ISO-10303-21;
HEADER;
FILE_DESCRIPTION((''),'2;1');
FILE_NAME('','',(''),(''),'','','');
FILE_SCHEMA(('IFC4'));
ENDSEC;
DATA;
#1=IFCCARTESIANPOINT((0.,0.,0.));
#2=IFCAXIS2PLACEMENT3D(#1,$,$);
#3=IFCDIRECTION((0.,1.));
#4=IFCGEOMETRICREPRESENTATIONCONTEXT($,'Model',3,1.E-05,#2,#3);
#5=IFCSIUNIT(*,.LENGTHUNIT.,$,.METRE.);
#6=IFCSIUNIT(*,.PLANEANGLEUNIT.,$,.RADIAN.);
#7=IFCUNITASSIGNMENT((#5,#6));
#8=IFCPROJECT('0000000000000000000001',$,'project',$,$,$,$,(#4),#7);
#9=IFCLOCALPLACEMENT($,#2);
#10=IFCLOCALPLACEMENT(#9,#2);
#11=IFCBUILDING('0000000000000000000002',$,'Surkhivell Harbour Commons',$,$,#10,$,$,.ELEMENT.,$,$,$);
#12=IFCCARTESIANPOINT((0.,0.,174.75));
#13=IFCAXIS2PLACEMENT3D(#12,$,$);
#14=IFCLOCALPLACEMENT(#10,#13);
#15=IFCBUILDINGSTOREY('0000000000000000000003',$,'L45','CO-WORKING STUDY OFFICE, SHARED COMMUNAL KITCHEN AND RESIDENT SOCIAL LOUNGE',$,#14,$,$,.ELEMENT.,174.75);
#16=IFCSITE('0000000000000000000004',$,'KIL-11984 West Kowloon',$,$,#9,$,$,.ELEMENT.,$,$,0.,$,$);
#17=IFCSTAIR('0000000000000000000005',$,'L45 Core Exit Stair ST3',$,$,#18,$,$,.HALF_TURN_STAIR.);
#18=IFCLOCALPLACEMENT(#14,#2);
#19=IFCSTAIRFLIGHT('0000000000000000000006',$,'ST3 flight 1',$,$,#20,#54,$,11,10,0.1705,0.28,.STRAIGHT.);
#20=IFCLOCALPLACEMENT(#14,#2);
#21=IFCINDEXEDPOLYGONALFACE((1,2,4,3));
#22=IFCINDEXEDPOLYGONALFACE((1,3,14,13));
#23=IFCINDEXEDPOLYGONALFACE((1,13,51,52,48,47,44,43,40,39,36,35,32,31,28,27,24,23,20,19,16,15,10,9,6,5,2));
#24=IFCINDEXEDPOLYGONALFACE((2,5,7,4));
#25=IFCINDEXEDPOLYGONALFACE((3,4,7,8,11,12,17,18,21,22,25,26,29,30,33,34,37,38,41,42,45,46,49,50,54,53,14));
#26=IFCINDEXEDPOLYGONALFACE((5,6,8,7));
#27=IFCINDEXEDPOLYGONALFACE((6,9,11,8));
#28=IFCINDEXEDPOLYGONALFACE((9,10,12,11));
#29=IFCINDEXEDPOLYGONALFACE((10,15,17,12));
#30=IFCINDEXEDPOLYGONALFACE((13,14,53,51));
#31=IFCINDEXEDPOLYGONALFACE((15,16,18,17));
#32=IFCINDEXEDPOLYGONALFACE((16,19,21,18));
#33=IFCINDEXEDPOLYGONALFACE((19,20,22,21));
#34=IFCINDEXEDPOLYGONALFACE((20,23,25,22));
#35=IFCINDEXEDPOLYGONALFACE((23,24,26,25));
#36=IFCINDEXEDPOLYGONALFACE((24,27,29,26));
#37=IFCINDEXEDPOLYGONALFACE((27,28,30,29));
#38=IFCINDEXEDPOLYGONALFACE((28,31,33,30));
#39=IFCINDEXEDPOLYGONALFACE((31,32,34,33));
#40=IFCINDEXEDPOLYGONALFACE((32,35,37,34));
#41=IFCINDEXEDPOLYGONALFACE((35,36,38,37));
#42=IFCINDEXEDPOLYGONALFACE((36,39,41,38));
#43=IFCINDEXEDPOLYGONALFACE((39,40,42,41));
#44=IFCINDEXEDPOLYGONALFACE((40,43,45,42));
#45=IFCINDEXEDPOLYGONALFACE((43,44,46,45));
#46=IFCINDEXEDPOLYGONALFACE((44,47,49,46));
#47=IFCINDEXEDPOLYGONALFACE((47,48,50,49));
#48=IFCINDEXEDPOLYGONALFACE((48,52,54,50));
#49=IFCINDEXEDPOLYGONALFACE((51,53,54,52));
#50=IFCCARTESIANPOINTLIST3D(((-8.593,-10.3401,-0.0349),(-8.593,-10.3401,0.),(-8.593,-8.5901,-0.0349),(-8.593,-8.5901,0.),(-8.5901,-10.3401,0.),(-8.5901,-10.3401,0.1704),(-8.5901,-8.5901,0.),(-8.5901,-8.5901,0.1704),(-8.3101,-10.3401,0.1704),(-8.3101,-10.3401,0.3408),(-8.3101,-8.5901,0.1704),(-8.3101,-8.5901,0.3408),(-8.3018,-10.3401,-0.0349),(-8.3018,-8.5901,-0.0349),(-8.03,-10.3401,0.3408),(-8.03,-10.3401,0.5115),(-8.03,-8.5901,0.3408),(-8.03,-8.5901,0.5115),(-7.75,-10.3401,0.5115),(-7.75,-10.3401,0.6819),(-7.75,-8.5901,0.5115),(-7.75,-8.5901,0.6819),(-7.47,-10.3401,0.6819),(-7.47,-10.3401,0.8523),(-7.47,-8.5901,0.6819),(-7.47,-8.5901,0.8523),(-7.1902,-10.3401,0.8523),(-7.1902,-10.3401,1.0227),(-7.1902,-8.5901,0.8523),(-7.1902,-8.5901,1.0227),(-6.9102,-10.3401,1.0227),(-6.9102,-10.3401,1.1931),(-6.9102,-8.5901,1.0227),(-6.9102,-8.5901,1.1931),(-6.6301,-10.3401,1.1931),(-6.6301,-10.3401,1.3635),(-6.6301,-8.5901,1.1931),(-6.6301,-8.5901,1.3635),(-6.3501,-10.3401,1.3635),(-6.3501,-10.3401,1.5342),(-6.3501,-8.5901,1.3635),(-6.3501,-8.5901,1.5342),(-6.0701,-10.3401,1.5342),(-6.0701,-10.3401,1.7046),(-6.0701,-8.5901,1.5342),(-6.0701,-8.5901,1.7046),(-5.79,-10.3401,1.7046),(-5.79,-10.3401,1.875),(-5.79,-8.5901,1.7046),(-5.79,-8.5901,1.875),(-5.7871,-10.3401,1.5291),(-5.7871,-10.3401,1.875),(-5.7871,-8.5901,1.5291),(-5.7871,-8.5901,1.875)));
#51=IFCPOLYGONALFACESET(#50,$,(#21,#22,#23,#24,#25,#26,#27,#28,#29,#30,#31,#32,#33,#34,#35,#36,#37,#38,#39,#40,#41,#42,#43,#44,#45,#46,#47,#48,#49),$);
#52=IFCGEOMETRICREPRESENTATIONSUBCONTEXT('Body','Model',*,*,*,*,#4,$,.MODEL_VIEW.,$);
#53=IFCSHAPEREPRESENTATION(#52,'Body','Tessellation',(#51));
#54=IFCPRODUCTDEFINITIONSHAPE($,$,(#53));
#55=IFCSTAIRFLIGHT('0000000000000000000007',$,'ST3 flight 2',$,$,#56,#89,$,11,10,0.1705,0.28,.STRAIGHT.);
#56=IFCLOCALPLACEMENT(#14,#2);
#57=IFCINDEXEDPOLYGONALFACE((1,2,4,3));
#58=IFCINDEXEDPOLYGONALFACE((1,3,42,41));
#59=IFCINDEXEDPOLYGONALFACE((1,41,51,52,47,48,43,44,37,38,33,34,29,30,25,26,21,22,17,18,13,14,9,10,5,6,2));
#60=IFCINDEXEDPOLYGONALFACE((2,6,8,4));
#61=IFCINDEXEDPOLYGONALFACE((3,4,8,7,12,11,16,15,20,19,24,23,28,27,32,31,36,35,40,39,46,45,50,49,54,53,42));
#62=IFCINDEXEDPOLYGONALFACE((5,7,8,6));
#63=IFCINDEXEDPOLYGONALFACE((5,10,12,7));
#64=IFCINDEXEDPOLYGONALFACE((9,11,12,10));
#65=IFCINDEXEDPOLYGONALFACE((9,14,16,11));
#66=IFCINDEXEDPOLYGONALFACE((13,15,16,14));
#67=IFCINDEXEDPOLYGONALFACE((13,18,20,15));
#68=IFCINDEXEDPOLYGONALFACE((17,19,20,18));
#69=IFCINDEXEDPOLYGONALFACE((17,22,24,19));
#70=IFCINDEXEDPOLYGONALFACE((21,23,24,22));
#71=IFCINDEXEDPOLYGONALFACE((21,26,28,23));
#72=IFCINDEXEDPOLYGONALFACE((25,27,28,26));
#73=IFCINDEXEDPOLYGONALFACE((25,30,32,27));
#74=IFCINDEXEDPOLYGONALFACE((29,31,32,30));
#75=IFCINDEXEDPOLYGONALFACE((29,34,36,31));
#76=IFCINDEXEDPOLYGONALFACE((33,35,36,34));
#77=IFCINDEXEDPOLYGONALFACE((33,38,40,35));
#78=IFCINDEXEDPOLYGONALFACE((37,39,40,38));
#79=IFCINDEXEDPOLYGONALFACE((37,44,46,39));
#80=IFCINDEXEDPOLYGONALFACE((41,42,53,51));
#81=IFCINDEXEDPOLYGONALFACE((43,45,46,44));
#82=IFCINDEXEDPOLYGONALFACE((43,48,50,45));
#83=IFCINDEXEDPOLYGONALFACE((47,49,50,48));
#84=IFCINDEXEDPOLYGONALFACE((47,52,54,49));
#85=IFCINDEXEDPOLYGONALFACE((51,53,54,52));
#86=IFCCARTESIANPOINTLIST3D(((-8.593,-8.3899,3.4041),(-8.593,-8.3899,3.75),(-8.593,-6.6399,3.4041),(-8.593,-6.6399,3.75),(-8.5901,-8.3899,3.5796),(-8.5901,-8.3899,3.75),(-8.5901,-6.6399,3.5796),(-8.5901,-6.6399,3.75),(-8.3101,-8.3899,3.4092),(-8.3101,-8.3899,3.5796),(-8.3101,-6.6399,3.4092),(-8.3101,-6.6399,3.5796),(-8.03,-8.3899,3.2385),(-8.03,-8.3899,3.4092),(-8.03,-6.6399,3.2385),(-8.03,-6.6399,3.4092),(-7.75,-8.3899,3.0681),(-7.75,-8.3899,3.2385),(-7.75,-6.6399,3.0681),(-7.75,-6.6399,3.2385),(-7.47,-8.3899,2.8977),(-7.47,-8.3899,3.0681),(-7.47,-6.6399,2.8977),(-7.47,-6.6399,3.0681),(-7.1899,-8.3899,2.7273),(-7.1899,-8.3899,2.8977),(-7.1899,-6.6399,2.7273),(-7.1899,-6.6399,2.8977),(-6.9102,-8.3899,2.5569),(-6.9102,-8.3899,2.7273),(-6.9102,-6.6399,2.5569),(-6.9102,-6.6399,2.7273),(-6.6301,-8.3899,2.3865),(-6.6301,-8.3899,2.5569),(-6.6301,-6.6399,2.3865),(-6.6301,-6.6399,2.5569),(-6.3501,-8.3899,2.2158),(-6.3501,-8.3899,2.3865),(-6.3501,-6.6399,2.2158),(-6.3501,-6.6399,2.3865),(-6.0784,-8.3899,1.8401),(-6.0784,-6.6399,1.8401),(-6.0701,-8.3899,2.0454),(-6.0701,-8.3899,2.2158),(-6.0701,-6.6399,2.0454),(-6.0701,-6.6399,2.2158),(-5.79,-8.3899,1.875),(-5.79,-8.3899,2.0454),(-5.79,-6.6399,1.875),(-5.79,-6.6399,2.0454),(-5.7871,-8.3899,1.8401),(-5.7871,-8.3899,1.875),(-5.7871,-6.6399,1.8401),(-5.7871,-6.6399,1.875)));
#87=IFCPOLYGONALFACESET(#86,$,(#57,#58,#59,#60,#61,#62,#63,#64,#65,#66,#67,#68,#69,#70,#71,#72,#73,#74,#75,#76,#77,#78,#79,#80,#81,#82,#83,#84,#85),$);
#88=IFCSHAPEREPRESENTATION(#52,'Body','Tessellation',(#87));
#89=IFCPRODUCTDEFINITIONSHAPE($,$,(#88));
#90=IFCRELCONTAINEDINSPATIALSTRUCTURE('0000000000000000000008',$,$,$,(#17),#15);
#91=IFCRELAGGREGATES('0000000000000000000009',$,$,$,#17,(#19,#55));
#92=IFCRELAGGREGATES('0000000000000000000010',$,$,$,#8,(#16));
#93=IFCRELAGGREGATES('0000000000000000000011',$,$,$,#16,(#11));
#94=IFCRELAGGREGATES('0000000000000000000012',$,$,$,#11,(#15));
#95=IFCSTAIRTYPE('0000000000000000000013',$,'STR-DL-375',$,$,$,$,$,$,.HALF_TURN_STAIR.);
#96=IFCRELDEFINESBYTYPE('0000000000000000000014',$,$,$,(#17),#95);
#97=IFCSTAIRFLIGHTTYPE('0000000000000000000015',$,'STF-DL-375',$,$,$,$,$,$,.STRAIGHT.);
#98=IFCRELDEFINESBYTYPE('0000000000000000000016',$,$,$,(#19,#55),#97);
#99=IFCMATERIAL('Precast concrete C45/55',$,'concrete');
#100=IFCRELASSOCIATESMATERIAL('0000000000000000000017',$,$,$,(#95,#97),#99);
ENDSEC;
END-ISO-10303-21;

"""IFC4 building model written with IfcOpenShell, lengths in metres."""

from ifc_helpers import new_model, si_unit, direction, frame, origin, place, context, subcontext, project, spatial, polyline, outline, extrude, material, type_object, element, aggregate, save


model = new_model("IFC4")

# Units and contexts
model_context = context("Model", 3, precision=1e-05, world=origin(), true_north=direction((0.0, 1.0)))
body_context = subcontext(model_context, "Body", "Model", "MODEL_VIEW")
ifc_project = project(units=[si_unit("LENGTHUNIT", "METRE"), si_unit("PLANEANGLEUNIT", "RADIAN")], contexts=[model_context])

# Site, building, storey
site_placement = place(None, origin())
site = spatial("IfcSite", under=ifc_project, at=site_placement, Name="KIL-11984 West Kowloon", CompositionType="ELEMENT", RefElevation=0.0)
building_placement = place(site_placement, origin())
building = spatial("IfcBuilding", under=site, at=building_placement, Name="Surkhivell Harbour Commons", CompositionType="ELEMENT")
storey_placement = place(building_placement, frame((0.0, 0.0, 174.75)))
storey = spatial("IfcBuildingStorey", under=building, at=storey_placement, Name="L45", Description="CO-WORKING STUDY OFFICE, SHARED COMMUNAL KITCHEN AND RESIDENT SOCIAL LOUNGE", CompositionType="ELEMENT", Elevation=174.75)

# Stair, stair flights
ifc_material_1 = material(Name="Precast concrete C45/55", Category="concrete")
stair_type = type_object("IfcStairType", Name="STR-DL-375", PredefinedType="HALF_TURN_STAIR", material=ifc_material_1)
stair_placement = place(storey_placement, origin())
stair = element("IfcStair", 1, at=stair_placement, inside=storey, type_object=stair_type, Name="L45 Core Exit Stair ST3", PredefinedType="HALF_TURN_STAIR")
stair_flight_type = type_object("IfcStairFlightType", Name="STF-DL-375", PredefinedType="STRAIGHT", material=ifc_material_1)
stair_flight_1_placement = place(storey_placement, frame((-8.5901, -9.4651, 0.0), z_axis=(0.0, 0.0, 1.0), x_axis=(1.0, 0.0, 0.0)))
stair_flight_1 = element("IfcStairFlight", 2, at=stair_flight_1_placement, type_object=stair_flight_type, Name="ST3 flight 1", NumberOfRisers=11, NumberOfTreads=10, PredefinedType="STRAIGHT", RiserHeight=0.1705, TreadLength=0.28, context=body_context, shape_type="SweptSolid", body=[
    extrude(outline(polyline([(-0.0029, -0.0349), (-0.0029, 0.0), (0.0, 0.0), (0.0, 0.1704), (0.28, 0.1704), (0.28, 0.3408), (0.5601, 0.3408), (0.5601, 0.5115), (0.8401, 0.5115), (0.8401, 0.6819), (1.1201, 0.6819), (1.1201, 0.8523), (1.3999, 0.8523), (1.3999, 1.0227), (1.6799, 1.0227), (1.6799, 1.1931), (1.96, 1.1931), (1.96, 1.3635), (2.24, 1.3635), (2.24, 1.5342), (2.52, 1.5342), (2.52, 1.7046), (2.8, 1.7046), (2.8, 1.875), (2.803, 1.875), (2.803, 1.5291), (0.2883, -0.0349), (-0.0029, -0.0349)])), frame((0.0, 0.875, 0.0), z_axis=(0.0, -1.0, 0.0), x_axis=(1.0, 0.0, 0.0)), (0.0, 0.0, 1.0), 1.75),
])
stair_flight_2_placement = place(storey_placement, frame((-5.79, -7.5149, 1.875), z_axis=(0.0, 0.0, 1.0), x_axis=(-1.0, 0.0, 0.0)))
stair_flight_2 = element("IfcStairFlight", 3, at=stair_flight_2_placement, type_object=stair_flight_type, Name="ST3 flight 2", NumberOfRisers=11, NumberOfTreads=10, PredefinedType="STRAIGHT", RiserHeight=0.1705, TreadLength=0.28, context=body_context, shape_type="SweptSolid", body=[
    extrude(outline(polyline([(-0.0029, -0.0349), (-0.0029, 0.0), (0.0, 0.0), (0.0, 0.1704), (0.28, 0.1704), (0.28, 0.3408), (0.5601, 0.3408), (0.5601, 0.5115), (0.8401, 0.5115), (0.8401, 0.6819), (1.1201, 0.6819), (1.1201, 0.8523), (1.3999, 0.8523), (1.3999, 1.0227), (1.6799, 1.0227), (1.6799, 1.1931), (1.96, 1.1931), (1.96, 1.3635), (2.24, 1.3635), (2.24, 1.5342), (2.52, 1.5342), (2.52, 1.7046), (2.8, 1.7046), (2.8, 1.875), (2.803, 1.875), (2.803, 1.5291), (0.2883, -0.0349), (-0.0029, -0.0349)])), frame((0.0, 0.875, 0.0), z_axis=(0.0, -1.0, 0.0), x_axis=(1.0, 0.0, 0.0)), (0.0, 0.0, 1.0), 1.75),
])
aggregate(stair, [stair_flight_1, stair_flight_2])

save(model, "model.ifc")
